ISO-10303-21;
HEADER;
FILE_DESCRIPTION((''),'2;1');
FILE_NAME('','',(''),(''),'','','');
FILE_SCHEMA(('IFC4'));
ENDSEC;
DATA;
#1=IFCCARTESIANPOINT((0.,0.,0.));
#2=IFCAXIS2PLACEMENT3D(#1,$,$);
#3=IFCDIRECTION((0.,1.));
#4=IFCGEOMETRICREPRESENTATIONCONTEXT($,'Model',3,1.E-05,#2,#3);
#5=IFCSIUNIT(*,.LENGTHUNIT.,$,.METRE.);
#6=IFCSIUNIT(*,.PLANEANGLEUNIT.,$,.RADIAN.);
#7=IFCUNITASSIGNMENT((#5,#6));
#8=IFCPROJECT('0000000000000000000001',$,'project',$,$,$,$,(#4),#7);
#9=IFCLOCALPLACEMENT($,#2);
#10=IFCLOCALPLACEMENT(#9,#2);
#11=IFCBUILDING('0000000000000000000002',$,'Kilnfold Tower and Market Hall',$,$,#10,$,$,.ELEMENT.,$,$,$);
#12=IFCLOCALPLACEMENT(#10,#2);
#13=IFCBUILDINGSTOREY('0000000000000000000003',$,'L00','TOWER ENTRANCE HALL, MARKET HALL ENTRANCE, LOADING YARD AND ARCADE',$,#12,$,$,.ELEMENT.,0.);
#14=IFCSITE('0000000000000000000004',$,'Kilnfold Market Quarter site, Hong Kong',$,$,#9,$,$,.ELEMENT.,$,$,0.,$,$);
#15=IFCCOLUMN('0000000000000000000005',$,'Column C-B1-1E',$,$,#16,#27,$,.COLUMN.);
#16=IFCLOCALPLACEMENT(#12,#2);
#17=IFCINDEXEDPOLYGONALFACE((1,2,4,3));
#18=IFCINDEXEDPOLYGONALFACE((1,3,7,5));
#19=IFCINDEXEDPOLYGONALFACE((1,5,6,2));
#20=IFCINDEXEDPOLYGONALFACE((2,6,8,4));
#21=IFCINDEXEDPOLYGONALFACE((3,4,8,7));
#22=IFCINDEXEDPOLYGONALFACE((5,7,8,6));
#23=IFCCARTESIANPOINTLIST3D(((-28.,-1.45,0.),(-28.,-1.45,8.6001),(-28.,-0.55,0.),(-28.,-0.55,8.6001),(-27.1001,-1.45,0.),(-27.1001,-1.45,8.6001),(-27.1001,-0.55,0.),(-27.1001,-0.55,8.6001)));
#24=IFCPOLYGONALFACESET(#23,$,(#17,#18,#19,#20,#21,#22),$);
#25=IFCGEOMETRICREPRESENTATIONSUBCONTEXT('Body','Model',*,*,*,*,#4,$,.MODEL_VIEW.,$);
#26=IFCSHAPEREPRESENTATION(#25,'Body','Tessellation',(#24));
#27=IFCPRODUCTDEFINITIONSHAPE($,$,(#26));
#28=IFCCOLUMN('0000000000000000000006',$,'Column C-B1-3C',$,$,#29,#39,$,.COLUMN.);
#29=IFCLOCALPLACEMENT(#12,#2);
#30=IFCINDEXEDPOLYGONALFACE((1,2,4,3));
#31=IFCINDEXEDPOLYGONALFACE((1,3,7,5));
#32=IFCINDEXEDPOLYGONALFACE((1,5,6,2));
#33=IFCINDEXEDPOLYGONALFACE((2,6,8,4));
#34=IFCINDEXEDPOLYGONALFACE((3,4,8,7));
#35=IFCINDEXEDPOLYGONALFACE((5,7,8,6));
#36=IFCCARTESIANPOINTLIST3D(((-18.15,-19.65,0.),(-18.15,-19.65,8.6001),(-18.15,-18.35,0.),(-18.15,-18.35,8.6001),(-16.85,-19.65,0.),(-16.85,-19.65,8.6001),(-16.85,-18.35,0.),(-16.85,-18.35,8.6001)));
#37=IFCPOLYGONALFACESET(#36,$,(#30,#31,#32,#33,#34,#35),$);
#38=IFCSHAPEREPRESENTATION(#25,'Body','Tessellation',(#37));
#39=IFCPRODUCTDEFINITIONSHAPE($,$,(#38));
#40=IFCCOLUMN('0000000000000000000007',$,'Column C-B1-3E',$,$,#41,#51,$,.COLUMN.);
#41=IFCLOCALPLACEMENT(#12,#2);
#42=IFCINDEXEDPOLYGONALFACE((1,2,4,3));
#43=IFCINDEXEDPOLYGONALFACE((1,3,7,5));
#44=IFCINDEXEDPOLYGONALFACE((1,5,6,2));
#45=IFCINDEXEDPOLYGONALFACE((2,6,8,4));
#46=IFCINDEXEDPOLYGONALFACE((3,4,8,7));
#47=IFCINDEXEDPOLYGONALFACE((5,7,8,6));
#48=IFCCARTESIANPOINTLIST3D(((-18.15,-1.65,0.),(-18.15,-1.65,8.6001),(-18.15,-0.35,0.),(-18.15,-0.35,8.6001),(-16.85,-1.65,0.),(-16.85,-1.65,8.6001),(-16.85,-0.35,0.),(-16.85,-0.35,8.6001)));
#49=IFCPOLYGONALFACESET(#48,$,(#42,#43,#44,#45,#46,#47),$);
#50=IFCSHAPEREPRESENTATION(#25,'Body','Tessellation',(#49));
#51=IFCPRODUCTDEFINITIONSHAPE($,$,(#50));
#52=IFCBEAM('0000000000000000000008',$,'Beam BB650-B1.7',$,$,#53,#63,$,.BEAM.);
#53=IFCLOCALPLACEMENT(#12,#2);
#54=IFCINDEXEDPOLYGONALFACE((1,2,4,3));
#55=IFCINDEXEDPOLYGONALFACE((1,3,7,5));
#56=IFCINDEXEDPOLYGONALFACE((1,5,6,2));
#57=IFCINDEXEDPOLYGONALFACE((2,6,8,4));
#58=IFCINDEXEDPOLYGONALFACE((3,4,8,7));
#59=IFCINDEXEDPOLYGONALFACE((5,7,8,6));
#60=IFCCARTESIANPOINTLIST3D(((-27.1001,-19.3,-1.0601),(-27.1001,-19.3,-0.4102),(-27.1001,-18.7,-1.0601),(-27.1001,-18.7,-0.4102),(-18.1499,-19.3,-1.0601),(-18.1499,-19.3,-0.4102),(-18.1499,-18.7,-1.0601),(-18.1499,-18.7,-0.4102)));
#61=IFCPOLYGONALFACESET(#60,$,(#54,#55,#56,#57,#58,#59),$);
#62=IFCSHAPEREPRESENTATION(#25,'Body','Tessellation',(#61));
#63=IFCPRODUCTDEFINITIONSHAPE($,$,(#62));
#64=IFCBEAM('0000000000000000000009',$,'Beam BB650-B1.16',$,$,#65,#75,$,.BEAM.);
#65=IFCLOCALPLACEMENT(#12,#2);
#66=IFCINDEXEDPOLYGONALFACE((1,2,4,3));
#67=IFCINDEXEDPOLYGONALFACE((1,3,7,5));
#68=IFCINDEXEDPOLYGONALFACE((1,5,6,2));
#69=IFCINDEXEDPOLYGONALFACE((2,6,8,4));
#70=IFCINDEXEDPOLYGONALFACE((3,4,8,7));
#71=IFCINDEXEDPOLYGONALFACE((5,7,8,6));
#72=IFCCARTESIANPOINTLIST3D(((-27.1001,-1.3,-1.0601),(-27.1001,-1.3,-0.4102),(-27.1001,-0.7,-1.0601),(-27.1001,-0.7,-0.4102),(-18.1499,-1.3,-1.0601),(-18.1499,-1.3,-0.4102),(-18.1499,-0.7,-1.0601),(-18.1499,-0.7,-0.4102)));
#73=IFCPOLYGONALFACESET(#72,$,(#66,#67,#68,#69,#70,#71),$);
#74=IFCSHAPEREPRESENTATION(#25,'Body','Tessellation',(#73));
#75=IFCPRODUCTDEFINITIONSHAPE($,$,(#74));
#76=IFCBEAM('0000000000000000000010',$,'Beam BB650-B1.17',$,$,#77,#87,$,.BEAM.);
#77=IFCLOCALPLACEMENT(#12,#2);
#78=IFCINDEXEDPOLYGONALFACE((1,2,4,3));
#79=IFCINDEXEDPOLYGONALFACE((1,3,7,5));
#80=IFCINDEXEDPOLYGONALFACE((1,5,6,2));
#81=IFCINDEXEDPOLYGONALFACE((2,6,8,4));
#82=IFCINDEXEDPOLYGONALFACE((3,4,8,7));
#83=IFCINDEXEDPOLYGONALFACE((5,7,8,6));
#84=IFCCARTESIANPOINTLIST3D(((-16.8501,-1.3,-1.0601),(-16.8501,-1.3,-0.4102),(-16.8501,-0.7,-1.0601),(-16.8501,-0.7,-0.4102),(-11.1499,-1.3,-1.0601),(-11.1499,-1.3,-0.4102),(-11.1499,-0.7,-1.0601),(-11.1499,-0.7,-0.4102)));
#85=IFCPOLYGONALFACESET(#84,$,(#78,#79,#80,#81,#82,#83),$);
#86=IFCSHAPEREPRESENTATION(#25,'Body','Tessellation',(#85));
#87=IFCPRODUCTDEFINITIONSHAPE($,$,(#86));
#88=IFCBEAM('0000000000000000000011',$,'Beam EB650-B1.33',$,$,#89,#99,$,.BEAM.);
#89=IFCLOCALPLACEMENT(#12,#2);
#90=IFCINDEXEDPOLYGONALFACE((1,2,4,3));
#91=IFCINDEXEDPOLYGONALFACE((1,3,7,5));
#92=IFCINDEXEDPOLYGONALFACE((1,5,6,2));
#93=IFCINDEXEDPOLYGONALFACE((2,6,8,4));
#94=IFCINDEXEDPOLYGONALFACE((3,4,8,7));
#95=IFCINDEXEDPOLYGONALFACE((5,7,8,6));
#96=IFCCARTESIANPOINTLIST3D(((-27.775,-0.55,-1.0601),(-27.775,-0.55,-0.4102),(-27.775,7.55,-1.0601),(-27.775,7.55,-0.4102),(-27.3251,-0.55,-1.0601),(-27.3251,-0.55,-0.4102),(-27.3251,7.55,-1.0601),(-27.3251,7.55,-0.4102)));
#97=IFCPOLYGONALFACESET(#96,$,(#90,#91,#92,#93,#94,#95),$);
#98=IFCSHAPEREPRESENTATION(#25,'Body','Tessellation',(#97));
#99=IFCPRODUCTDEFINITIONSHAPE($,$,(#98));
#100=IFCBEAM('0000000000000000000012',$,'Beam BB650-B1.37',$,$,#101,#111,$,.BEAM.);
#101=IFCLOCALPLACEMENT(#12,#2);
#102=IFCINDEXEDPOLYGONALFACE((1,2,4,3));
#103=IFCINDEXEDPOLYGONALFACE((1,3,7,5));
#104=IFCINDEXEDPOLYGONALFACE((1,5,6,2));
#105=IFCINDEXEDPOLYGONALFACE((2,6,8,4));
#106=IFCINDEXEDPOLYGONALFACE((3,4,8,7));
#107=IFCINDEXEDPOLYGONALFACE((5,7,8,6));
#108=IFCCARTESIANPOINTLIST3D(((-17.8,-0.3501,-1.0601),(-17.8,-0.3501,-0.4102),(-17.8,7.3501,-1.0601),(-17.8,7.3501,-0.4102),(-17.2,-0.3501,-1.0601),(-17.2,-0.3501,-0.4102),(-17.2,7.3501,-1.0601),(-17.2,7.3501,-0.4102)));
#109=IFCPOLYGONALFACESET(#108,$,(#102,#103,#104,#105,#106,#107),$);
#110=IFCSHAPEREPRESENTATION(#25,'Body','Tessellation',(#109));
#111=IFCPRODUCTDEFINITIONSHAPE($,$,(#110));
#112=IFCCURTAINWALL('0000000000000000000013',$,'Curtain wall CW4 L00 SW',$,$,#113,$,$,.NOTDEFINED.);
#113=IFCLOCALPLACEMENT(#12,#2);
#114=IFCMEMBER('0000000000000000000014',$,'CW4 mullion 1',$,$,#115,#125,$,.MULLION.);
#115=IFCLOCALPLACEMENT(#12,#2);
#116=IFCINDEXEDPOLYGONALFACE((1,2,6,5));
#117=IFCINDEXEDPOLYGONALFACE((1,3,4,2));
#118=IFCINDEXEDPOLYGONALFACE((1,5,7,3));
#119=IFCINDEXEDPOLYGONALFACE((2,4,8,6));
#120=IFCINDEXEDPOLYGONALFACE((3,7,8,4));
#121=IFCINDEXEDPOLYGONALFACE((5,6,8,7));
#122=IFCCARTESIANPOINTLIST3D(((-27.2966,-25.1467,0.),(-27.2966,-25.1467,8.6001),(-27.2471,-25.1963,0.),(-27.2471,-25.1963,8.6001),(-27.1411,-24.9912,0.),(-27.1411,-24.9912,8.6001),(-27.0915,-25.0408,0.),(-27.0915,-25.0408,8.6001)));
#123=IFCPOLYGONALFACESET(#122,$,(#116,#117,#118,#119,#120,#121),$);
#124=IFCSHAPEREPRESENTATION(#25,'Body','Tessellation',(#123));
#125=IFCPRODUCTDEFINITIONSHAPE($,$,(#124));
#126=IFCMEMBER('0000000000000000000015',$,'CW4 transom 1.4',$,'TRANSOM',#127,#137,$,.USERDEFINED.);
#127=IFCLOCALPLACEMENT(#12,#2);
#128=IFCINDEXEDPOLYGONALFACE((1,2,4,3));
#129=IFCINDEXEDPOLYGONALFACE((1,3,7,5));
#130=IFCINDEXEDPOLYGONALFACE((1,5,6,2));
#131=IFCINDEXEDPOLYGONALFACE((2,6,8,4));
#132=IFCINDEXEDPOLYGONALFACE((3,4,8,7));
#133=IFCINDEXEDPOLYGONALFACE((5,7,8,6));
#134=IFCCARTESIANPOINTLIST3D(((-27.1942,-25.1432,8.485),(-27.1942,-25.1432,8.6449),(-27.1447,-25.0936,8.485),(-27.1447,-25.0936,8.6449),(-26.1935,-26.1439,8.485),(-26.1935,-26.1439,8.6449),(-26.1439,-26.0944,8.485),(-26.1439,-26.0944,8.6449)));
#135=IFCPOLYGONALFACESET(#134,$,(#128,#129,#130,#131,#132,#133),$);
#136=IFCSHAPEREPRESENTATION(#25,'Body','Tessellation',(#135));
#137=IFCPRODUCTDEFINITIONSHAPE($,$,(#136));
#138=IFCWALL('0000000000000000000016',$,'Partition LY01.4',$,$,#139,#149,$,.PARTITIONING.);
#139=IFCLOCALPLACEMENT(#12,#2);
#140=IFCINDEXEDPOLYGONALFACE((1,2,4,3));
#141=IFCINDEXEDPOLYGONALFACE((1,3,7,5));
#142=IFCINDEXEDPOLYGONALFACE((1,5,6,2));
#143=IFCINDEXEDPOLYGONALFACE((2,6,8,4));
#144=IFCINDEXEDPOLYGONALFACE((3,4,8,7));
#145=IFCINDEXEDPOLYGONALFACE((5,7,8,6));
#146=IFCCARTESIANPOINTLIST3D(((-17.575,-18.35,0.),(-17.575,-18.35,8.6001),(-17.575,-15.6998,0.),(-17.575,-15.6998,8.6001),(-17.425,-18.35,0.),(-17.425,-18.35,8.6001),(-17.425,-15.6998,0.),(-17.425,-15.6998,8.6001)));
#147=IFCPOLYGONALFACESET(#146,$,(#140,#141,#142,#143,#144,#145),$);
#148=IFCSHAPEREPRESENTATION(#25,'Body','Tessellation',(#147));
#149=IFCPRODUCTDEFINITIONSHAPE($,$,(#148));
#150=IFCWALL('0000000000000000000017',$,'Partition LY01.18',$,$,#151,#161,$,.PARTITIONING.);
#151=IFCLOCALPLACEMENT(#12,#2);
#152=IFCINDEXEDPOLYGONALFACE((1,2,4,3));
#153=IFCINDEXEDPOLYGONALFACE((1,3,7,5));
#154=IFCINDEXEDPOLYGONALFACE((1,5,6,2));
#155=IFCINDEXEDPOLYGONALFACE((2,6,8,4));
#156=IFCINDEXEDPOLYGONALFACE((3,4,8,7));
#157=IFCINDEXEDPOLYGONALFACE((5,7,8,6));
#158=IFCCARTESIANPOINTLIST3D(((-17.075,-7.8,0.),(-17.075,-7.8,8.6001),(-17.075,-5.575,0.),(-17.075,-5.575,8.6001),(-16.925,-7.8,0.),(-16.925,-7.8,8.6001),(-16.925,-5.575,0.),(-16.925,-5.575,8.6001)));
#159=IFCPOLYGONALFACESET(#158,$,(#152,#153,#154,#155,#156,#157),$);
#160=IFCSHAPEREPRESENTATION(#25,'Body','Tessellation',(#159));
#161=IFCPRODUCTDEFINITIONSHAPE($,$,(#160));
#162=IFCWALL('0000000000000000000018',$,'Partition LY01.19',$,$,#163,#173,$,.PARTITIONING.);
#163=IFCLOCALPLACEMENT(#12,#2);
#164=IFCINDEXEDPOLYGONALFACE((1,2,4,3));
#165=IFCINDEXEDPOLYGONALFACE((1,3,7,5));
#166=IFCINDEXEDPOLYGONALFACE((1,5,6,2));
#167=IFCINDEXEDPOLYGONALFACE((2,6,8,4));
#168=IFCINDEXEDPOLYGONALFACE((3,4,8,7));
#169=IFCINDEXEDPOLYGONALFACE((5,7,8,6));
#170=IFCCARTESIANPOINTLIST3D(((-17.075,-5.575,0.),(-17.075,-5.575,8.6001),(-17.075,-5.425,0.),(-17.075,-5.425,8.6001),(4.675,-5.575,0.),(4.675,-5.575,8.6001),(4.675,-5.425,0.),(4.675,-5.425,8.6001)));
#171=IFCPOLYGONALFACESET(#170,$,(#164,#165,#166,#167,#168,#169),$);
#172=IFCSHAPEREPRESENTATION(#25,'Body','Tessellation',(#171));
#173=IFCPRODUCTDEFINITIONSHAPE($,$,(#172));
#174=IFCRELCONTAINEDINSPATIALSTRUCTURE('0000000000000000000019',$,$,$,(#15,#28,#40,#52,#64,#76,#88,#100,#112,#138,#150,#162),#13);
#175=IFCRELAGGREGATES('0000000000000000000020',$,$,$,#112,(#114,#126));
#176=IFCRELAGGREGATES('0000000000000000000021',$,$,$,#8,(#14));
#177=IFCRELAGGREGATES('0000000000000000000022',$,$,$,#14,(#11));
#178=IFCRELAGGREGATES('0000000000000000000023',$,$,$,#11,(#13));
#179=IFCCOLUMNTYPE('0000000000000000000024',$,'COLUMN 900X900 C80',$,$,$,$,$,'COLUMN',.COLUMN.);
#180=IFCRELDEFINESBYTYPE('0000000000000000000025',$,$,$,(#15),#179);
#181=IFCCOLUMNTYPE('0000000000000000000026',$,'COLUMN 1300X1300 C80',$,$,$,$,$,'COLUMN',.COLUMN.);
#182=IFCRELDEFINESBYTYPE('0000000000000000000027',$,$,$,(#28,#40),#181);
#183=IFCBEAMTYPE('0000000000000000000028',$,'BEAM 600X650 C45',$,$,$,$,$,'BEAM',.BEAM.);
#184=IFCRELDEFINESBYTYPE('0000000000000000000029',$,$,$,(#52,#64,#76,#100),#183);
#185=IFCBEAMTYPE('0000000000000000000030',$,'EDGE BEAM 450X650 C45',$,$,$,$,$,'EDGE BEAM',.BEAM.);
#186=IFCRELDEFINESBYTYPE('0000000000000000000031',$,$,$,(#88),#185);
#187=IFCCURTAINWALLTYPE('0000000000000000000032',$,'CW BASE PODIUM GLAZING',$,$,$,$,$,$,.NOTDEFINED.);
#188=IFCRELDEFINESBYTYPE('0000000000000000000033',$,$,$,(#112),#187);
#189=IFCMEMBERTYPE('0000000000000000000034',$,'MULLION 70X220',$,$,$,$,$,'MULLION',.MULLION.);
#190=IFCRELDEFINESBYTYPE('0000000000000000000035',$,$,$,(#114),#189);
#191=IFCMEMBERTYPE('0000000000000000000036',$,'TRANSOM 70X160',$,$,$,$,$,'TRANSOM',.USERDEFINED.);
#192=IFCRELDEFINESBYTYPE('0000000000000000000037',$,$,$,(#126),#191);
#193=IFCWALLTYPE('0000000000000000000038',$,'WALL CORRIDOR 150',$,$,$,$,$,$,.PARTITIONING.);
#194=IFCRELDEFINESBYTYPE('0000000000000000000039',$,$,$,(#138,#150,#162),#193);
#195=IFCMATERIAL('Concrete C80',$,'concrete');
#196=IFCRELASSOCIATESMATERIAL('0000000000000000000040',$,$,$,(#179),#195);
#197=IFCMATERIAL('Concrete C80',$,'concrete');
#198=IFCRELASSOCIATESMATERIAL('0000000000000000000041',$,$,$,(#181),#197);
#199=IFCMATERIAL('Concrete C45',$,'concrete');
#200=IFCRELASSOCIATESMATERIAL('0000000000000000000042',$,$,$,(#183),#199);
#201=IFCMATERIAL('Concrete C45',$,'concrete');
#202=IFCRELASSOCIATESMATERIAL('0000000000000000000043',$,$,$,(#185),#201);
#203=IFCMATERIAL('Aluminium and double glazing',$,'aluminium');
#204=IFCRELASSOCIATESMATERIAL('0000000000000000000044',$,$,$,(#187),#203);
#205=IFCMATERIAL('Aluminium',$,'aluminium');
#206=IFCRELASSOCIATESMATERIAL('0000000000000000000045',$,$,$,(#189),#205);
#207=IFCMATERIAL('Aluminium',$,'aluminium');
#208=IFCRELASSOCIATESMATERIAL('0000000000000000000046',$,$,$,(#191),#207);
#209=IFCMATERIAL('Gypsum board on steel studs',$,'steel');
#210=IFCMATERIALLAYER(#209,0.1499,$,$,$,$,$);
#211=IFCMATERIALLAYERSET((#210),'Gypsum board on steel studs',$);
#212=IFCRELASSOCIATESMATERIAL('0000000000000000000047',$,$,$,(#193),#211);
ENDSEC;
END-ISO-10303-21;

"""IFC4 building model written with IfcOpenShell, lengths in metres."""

from ifc_helpers import new_model, si_unit, direction, frame, frame_2d, origin, origin_2d, place, context, subcontext, project, spatial, rectangle, extrude, source, transform, mapped, material, layer, layer_set, material_profile, profile_set, type_object, element, aggregate, save


model = new_model("IFC4")

# Units and contexts
model_context = context("Model", 3, precision=1e-05, world=origin(), true_north=direction((0.0, 1.0)))
body_context = subcontext(model_context, "Body", "Model", "MODEL_VIEW")
ifc_project = project(units=[si_unit("LENGTHUNIT", "METRE"), si_unit("PLANEANGLEUNIT", "RADIAN")], contexts=[model_context])

# Site, building, storey
site_placement = place(None, origin())
site = spatial("IfcSite", under=ifc_project, at=site_placement, Name="Kilnfold Market Quarter site, Hong Kong", CompositionType="ELEMENT", RefElevation=0.0)
building_placement = place(site_placement, origin())
building = spatial("IfcBuilding", under=site, at=building_placement, Name="Kilnfold Tower and Market Hall", CompositionType="ELEMENT")
storey_placement = place(building_placement, origin())
storey = spatial("IfcBuildingStorey", under=building, at=storey_placement, Name="L00", Description="TOWER ENTRANCE HALL, MARKET HALL ENTRANCE, LOADING YARD AND ARCADE", CompositionType="ELEMENT", Elevation=0.0)

# Columns
ifc_material_1 = material(Name="Concrete C80", Category="concrete")
ifc_material_profile_1 = material_profile(ifc_material_1, rectangle(XDim=0.8999, YDim=0.8999, at=origin_2d()), Name="RC 900x900")
ifc_profile_set_1 = profile_set([ifc_material_profile_1], Name="Concrete C80")
column_type_1 = type_object("IfcColumnType", Name="COLUMN 900X900 C80", ElementType="COLUMN", PredefinedType="COLUMN", material=ifc_profile_set_1)
shared_shape_1 = source(origin(), body_context, "Body", "SweptSolid", [
    extrude(rectangle(XDim=0.8999, YDim=0.8999, at=origin_2d()), origin(), (0.0, 0.0, 1.0), 8.6001),
])
column_placement = place(storey_placement, frame((-27.55, -1.0, 0.0), z_axis=(0.0, 0.0, 1.0), x_axis=(1.0, 0.0, 0.0)))
element("IfcColumn", 1, at=column_placement, inside=storey, type_object=column_type_1, Name="Column C-B1-1E", PredefinedType="COLUMN", context=body_context, shape_type="MappedRepresentation", body=[
    mapped(shared_shape_1, transform((0.0, 0.0, 0.0))),
])
ifc_material_2 = material(Name="Concrete C80", Category="concrete")
ifc_material_profile_2 = material_profile(ifc_material_2, rectangle(XDim=1.3, YDim=1.3, at=origin_2d()), Name="RC 1300x1300")
ifc_profile_set_2 = profile_set([ifc_material_profile_2], Name="Concrete C80")
column_type_2 = type_object("IfcColumnType", Name="COLUMN 1300X1300 C80", ElementType="COLUMN", PredefinedType="COLUMN", material=ifc_profile_set_2)
shared_shape_2 = source(origin(), body_context, "Body", "SweptSolid", [
    extrude(rectangle(XDim=1.3, YDim=1.3, at=origin_2d()), origin(), (0.0, 0.0, 1.0), 8.6001),
])
for number, where, z_axis, x_axis, name in (
    (2, (-17.5, -19.0, 0.0), (0.0, 0.0, 1.0), (1.0, 0.0, 0.0), "Column C-B1-3C"),
    (3, (-17.5, -1.0, 0.0), (0.0, 0.0, 1.0), (1.0, 0.0, 0.0), "Column C-B1-3E"),
):
    element("IfcColumn", number, at=place(storey_placement, frame(where, z_axis=z_axis, x_axis=x_axis)), inside=storey, type_object=column_type_2, Name=name, PredefinedType="COLUMN", context=body_context, shape_type="MappedRepresentation", body=[
        mapped(shared_shape_2, transform((0.0, 0.0, 0.0))),
    ])

# Beams
ifc_material_3 = material(Name="Concrete C45", Category="concrete")
ifc_material_profile_3 = material_profile(ifc_material_3, rectangle(XDim=0.6001, YDim=0.6499, at=origin_2d()), Name="RC 600x650")
ifc_profile_set_3 = profile_set([ifc_material_profile_3], Name="Concrete C45")
beam_type_1 = type_object("IfcBeamType", Name="BEAM 600X650 C45", ElementType="BEAM", PredefinedType="BEAM", material=ifc_profile_set_3)
shared_shape_3 = source(origin(), body_context, "Body", "SweptSolid", [
    extrude(rectangle(XDim=0.6001, YDim=0.6499, at=origin_2d()), origin(), (0.0, 0.0, 1.0), 8.9502),
])
for number, where, z_axis, x_axis, name in (
    (4, (-27.1001, -19.0, -0.7351), (1.0, 0.0, 0.0), (0.0, 1.0, 0.0), "Beam BB650-B1.7"),
    (5, (-27.1001, -1.0, -0.7351), (1.0, 0.0, 0.0), (0.0, 1.0, 0.0), "Beam BB650-B1.16"),
):
    element("IfcBeam", number, at=place(storey_placement, frame(where, z_axis=z_axis, x_axis=x_axis)), inside=storey, type_object=beam_type_1, Name=name, PredefinedType="BEAM", context=body_context, shape_type="MappedRepresentation", body=[
        mapped(shared_shape_3, transform((0.0, 0.0, 0.0))),
    ])
shared_shape_4 = source(origin(), body_context, "Body", "SweptSolid", [
    extrude(rectangle(XDim=0.6001, YDim=0.6499, at=origin_2d()), origin(), (0.0, 0.0, 1.0), 5.7002),
])
beam_1_placement = place(storey_placement, frame((-16.8501, -1.0, -0.7351), z_axis=(1.0, 0.0, 0.0), x_axis=(0.0, 1.0, 0.0)))
element("IfcBeam", 6, at=beam_1_placement, inside=storey, type_object=beam_type_1, Name="Beam BB650-B1.17", PredefinedType="BEAM", context=body_context, shape_type="MappedRepresentation", body=[
    mapped(shared_shape_4, transform((0.0, 0.0, 0.0))),
])
ifc_material_4 = material(Name="Concrete C45", Category="concrete")
ifc_material_profile_4 = material_profile(ifc_material_4, rectangle(XDim=0.45, YDim=0.6499, at=origin_2d()), Name="RC 450x650")
ifc_profile_set_4 = profile_set([ifc_material_profile_4], Name="Concrete C45")
beam_type_2 = type_object("IfcBeamType", Name="EDGE BEAM 450X650 C45", ElementType="EDGE BEAM", PredefinedType="BEAM", material=ifc_profile_set_4)
shared_shape_5 = source(origin(), body_context, "Body", "SweptSolid", [
    extrude(rectangle(XDim=0.45, YDim=0.6499, at=origin_2d()), origin(), (0.0, 0.0, 1.0), 8.1001),
])
beam_2_placement = place(storey_placement, frame((-27.55, -0.55, -0.7351), z_axis=(0.0, 1.0, 0.0), x_axis=(-1.0, 0.0, 0.0)))
element("IfcBeam", 7, at=beam_2_placement, inside=storey, type_object=beam_type_2, Name="Beam EB650-B1.33", PredefinedType="BEAM", context=body_context, shape_type="MappedRepresentation", body=[
    mapped(shared_shape_5, transform((0.0, 0.0, 0.0))),
])
shared_shape_6 = source(origin(), body_context, "Body", "SweptSolid", [
    extrude(rectangle(XDim=0.6001, YDim=0.6499, at=origin_2d()), origin(), (0.0, 0.0, 1.0), 7.7002),
])
beam_3_placement = place(storey_placement, frame((-17.5, -0.3501, -0.7351), z_axis=(0.0, 1.0, 0.0), x_axis=(-1.0, 0.0, 0.0)))
element("IfcBeam", 8, at=beam_3_placement, inside=storey, type_object=beam_type_1, Name="Beam BB650-B1.37", PredefinedType="BEAM", context=body_context, shape_type="MappedRepresentation", body=[
    mapped(shared_shape_6, transform((0.0, 0.0, 0.0))),
])

# Curtain wall, members
ifc_material_5 = material(Name="Aluminium and double glazing", Category="aluminium")
curtain_wall_type = type_object("IfcCurtainWallType", Name="CW BASE PODIUM GLAZING", PredefinedType="NOTDEFINED", material=ifc_material_5)
curtain_wall_placement = place(storey_placement, origin())
curtain_wall = element("IfcCurtainWall", 9, at=curtain_wall_placement, inside=storey, type_object=curtain_wall_type, Name="Curtain wall CW4 L00 SW", PredefinedType="NOTDEFINED")
ifc_material_6 = material(Name="Aluminium", Category="aluminium")
ifc_material_profile_5 = material_profile(ifc_material_6, rectangle(XDim=0.0701, YDim=0.22, at=origin_2d()), Name="MULLION 70x220")
ifc_profile_set_5 = profile_set([ifc_material_profile_5], Name="Aluminium")
member_type_1 = type_object("IfcMemberType", Name="MULLION 70X220", ElementType="MULLION", PredefinedType="MULLION", material=ifc_profile_set_5)
shared_shape_7 = source(origin(), body_context, "Body", "SweptSolid", [
    extrude(rectangle(XDim=0.0701, YDim=0.22, at=origin_2d()), origin(), (0.0, 0.0, 1.0), 8.6001),
])
member_1_placement = place(storey_placement, frame((-27.1941, -25.0938, 0.0), z_axis=(0.0, 0.0, 1.0), x_axis=(0.70709, -0.707123, 0.0)))
member_1 = element("IfcMember", 10, at=member_1_placement, type_object=member_type_1, Name="CW4 mullion 1", PredefinedType="MULLION", context=body_context, shape_type="MappedRepresentation", body=[
    mapped(shared_shape_7, transform((0.0, 0.0, 0.0))),
])
ifc_material_7 = material(Name="Aluminium", Category="aluminium")
ifc_material_profile_6 = material_profile(ifc_material_7, rectangle(XDim=0.0701, YDim=0.1599, at=origin_2d()), Name="TRANSOM 70x160")
ifc_profile_set_6 = profile_set([ifc_material_profile_6], Name="Aluminium")
member_type_2 = type_object("IfcMemberType", Name="TRANSOM 70X160", ElementType="TRANSOM", PredefinedType="USERDEFINED", material=ifc_profile_set_6)
shared_shape_8 = source(origin(), body_context, "Body", "SweptSolid", [
    extrude(rectangle(XDim=0.0701, YDim=0.1599, at=origin_2d()), origin(), (0.0, 0.0, 1.0), 1.4153),
])
member_2_placement = place(storey_placement, frame((-27.1694, -25.1184, 8.5649), z_axis=(0.707107, -0.707107, 0.0), x_axis=(0.707107, 0.707107, 0.0)))
member_2 = element("IfcMember", 11, at=member_2_placement, type_object=member_type_2, Name="CW4 transom 1.4", ObjectType="TRANSOM", PredefinedType="USERDEFINED", context=body_context, shape_type="MappedRepresentation", body=[
    mapped(shared_shape_8, transform((0.0, 0.0, 0.0))),
])
aggregate(curtain_wall, [member_1, member_2])

# Walls
ifc_material_8 = material(Name="Gypsum board on steel studs", Category="steel")
ifc_layer_1 = layer(ifc_material_8, 0.1499)
ifc_layer_set_1 = layer_set([ifc_layer_1], Name="Gypsum board on steel studs")
wall_type_1 = type_object("IfcWallType", Name="WALL CORRIDOR 150", PredefinedType="PARTITIONING", material=ifc_layer_set_1)
wall_1_placement = place(storey_placement, frame((-17.5, -18.3501, 0.0), z_axis=(0.0, 0.0, 1.0), x_axis=(0.0, 1.0, 0.0)))
element("IfcWall", 12, at=wall_1_placement, inside=storey, type_object=wall_type_1, Name="Partition LY01.4", PredefinedType="PARTITIONING", context=body_context, shape_type="SweptSolid", body=[
    extrude(rectangle(XDim=2.6501, YDim=0.1499, at=frame_2d((1.3252, 0.0))), origin(), (0.0, 0.0, 1.0), 8.6001),
])
wall_2_placement = place(storey_placement, frame((-17.0, -5.575, 0.0), z_axis=(0.0, 0.0, 1.0), x_axis=(0.0, -1.0, 0.0)))
element("IfcWall", 13, at=wall_2_placement, inside=storey, type_object=wall_type_1, Name="Partition LY01.18", PredefinedType="PARTITIONING", context=body_context, shape_type="SweptSolid", body=[
    extrude(rectangle(XDim=2.2251, YDim=0.1499, at=frame_2d((1.1125, 0.0))), origin(), (0.0, 0.0, 1.0), 8.6001),
])
wall_3_placement = place(storey_placement, frame((-17.075, -5.5, 0.0), z_axis=(0.0, 0.0, 1.0), x_axis=(1.0, 0.0, 0.0)))
element("IfcWall", 14, at=wall_3_placement, inside=storey, type_object=wall_type_1, Name="Partition LY01.19", PredefinedType="PARTITIONING", context=body_context, shape_type="SweptSolid", body=[
    extrude(rectangle(XDim=21.75, YDim=0.1499, at=frame_2d((10.875, 0.0))), origin(), (0.0, 0.0, 1.0), 8.6001),
])

save(model, "model.ifc")
